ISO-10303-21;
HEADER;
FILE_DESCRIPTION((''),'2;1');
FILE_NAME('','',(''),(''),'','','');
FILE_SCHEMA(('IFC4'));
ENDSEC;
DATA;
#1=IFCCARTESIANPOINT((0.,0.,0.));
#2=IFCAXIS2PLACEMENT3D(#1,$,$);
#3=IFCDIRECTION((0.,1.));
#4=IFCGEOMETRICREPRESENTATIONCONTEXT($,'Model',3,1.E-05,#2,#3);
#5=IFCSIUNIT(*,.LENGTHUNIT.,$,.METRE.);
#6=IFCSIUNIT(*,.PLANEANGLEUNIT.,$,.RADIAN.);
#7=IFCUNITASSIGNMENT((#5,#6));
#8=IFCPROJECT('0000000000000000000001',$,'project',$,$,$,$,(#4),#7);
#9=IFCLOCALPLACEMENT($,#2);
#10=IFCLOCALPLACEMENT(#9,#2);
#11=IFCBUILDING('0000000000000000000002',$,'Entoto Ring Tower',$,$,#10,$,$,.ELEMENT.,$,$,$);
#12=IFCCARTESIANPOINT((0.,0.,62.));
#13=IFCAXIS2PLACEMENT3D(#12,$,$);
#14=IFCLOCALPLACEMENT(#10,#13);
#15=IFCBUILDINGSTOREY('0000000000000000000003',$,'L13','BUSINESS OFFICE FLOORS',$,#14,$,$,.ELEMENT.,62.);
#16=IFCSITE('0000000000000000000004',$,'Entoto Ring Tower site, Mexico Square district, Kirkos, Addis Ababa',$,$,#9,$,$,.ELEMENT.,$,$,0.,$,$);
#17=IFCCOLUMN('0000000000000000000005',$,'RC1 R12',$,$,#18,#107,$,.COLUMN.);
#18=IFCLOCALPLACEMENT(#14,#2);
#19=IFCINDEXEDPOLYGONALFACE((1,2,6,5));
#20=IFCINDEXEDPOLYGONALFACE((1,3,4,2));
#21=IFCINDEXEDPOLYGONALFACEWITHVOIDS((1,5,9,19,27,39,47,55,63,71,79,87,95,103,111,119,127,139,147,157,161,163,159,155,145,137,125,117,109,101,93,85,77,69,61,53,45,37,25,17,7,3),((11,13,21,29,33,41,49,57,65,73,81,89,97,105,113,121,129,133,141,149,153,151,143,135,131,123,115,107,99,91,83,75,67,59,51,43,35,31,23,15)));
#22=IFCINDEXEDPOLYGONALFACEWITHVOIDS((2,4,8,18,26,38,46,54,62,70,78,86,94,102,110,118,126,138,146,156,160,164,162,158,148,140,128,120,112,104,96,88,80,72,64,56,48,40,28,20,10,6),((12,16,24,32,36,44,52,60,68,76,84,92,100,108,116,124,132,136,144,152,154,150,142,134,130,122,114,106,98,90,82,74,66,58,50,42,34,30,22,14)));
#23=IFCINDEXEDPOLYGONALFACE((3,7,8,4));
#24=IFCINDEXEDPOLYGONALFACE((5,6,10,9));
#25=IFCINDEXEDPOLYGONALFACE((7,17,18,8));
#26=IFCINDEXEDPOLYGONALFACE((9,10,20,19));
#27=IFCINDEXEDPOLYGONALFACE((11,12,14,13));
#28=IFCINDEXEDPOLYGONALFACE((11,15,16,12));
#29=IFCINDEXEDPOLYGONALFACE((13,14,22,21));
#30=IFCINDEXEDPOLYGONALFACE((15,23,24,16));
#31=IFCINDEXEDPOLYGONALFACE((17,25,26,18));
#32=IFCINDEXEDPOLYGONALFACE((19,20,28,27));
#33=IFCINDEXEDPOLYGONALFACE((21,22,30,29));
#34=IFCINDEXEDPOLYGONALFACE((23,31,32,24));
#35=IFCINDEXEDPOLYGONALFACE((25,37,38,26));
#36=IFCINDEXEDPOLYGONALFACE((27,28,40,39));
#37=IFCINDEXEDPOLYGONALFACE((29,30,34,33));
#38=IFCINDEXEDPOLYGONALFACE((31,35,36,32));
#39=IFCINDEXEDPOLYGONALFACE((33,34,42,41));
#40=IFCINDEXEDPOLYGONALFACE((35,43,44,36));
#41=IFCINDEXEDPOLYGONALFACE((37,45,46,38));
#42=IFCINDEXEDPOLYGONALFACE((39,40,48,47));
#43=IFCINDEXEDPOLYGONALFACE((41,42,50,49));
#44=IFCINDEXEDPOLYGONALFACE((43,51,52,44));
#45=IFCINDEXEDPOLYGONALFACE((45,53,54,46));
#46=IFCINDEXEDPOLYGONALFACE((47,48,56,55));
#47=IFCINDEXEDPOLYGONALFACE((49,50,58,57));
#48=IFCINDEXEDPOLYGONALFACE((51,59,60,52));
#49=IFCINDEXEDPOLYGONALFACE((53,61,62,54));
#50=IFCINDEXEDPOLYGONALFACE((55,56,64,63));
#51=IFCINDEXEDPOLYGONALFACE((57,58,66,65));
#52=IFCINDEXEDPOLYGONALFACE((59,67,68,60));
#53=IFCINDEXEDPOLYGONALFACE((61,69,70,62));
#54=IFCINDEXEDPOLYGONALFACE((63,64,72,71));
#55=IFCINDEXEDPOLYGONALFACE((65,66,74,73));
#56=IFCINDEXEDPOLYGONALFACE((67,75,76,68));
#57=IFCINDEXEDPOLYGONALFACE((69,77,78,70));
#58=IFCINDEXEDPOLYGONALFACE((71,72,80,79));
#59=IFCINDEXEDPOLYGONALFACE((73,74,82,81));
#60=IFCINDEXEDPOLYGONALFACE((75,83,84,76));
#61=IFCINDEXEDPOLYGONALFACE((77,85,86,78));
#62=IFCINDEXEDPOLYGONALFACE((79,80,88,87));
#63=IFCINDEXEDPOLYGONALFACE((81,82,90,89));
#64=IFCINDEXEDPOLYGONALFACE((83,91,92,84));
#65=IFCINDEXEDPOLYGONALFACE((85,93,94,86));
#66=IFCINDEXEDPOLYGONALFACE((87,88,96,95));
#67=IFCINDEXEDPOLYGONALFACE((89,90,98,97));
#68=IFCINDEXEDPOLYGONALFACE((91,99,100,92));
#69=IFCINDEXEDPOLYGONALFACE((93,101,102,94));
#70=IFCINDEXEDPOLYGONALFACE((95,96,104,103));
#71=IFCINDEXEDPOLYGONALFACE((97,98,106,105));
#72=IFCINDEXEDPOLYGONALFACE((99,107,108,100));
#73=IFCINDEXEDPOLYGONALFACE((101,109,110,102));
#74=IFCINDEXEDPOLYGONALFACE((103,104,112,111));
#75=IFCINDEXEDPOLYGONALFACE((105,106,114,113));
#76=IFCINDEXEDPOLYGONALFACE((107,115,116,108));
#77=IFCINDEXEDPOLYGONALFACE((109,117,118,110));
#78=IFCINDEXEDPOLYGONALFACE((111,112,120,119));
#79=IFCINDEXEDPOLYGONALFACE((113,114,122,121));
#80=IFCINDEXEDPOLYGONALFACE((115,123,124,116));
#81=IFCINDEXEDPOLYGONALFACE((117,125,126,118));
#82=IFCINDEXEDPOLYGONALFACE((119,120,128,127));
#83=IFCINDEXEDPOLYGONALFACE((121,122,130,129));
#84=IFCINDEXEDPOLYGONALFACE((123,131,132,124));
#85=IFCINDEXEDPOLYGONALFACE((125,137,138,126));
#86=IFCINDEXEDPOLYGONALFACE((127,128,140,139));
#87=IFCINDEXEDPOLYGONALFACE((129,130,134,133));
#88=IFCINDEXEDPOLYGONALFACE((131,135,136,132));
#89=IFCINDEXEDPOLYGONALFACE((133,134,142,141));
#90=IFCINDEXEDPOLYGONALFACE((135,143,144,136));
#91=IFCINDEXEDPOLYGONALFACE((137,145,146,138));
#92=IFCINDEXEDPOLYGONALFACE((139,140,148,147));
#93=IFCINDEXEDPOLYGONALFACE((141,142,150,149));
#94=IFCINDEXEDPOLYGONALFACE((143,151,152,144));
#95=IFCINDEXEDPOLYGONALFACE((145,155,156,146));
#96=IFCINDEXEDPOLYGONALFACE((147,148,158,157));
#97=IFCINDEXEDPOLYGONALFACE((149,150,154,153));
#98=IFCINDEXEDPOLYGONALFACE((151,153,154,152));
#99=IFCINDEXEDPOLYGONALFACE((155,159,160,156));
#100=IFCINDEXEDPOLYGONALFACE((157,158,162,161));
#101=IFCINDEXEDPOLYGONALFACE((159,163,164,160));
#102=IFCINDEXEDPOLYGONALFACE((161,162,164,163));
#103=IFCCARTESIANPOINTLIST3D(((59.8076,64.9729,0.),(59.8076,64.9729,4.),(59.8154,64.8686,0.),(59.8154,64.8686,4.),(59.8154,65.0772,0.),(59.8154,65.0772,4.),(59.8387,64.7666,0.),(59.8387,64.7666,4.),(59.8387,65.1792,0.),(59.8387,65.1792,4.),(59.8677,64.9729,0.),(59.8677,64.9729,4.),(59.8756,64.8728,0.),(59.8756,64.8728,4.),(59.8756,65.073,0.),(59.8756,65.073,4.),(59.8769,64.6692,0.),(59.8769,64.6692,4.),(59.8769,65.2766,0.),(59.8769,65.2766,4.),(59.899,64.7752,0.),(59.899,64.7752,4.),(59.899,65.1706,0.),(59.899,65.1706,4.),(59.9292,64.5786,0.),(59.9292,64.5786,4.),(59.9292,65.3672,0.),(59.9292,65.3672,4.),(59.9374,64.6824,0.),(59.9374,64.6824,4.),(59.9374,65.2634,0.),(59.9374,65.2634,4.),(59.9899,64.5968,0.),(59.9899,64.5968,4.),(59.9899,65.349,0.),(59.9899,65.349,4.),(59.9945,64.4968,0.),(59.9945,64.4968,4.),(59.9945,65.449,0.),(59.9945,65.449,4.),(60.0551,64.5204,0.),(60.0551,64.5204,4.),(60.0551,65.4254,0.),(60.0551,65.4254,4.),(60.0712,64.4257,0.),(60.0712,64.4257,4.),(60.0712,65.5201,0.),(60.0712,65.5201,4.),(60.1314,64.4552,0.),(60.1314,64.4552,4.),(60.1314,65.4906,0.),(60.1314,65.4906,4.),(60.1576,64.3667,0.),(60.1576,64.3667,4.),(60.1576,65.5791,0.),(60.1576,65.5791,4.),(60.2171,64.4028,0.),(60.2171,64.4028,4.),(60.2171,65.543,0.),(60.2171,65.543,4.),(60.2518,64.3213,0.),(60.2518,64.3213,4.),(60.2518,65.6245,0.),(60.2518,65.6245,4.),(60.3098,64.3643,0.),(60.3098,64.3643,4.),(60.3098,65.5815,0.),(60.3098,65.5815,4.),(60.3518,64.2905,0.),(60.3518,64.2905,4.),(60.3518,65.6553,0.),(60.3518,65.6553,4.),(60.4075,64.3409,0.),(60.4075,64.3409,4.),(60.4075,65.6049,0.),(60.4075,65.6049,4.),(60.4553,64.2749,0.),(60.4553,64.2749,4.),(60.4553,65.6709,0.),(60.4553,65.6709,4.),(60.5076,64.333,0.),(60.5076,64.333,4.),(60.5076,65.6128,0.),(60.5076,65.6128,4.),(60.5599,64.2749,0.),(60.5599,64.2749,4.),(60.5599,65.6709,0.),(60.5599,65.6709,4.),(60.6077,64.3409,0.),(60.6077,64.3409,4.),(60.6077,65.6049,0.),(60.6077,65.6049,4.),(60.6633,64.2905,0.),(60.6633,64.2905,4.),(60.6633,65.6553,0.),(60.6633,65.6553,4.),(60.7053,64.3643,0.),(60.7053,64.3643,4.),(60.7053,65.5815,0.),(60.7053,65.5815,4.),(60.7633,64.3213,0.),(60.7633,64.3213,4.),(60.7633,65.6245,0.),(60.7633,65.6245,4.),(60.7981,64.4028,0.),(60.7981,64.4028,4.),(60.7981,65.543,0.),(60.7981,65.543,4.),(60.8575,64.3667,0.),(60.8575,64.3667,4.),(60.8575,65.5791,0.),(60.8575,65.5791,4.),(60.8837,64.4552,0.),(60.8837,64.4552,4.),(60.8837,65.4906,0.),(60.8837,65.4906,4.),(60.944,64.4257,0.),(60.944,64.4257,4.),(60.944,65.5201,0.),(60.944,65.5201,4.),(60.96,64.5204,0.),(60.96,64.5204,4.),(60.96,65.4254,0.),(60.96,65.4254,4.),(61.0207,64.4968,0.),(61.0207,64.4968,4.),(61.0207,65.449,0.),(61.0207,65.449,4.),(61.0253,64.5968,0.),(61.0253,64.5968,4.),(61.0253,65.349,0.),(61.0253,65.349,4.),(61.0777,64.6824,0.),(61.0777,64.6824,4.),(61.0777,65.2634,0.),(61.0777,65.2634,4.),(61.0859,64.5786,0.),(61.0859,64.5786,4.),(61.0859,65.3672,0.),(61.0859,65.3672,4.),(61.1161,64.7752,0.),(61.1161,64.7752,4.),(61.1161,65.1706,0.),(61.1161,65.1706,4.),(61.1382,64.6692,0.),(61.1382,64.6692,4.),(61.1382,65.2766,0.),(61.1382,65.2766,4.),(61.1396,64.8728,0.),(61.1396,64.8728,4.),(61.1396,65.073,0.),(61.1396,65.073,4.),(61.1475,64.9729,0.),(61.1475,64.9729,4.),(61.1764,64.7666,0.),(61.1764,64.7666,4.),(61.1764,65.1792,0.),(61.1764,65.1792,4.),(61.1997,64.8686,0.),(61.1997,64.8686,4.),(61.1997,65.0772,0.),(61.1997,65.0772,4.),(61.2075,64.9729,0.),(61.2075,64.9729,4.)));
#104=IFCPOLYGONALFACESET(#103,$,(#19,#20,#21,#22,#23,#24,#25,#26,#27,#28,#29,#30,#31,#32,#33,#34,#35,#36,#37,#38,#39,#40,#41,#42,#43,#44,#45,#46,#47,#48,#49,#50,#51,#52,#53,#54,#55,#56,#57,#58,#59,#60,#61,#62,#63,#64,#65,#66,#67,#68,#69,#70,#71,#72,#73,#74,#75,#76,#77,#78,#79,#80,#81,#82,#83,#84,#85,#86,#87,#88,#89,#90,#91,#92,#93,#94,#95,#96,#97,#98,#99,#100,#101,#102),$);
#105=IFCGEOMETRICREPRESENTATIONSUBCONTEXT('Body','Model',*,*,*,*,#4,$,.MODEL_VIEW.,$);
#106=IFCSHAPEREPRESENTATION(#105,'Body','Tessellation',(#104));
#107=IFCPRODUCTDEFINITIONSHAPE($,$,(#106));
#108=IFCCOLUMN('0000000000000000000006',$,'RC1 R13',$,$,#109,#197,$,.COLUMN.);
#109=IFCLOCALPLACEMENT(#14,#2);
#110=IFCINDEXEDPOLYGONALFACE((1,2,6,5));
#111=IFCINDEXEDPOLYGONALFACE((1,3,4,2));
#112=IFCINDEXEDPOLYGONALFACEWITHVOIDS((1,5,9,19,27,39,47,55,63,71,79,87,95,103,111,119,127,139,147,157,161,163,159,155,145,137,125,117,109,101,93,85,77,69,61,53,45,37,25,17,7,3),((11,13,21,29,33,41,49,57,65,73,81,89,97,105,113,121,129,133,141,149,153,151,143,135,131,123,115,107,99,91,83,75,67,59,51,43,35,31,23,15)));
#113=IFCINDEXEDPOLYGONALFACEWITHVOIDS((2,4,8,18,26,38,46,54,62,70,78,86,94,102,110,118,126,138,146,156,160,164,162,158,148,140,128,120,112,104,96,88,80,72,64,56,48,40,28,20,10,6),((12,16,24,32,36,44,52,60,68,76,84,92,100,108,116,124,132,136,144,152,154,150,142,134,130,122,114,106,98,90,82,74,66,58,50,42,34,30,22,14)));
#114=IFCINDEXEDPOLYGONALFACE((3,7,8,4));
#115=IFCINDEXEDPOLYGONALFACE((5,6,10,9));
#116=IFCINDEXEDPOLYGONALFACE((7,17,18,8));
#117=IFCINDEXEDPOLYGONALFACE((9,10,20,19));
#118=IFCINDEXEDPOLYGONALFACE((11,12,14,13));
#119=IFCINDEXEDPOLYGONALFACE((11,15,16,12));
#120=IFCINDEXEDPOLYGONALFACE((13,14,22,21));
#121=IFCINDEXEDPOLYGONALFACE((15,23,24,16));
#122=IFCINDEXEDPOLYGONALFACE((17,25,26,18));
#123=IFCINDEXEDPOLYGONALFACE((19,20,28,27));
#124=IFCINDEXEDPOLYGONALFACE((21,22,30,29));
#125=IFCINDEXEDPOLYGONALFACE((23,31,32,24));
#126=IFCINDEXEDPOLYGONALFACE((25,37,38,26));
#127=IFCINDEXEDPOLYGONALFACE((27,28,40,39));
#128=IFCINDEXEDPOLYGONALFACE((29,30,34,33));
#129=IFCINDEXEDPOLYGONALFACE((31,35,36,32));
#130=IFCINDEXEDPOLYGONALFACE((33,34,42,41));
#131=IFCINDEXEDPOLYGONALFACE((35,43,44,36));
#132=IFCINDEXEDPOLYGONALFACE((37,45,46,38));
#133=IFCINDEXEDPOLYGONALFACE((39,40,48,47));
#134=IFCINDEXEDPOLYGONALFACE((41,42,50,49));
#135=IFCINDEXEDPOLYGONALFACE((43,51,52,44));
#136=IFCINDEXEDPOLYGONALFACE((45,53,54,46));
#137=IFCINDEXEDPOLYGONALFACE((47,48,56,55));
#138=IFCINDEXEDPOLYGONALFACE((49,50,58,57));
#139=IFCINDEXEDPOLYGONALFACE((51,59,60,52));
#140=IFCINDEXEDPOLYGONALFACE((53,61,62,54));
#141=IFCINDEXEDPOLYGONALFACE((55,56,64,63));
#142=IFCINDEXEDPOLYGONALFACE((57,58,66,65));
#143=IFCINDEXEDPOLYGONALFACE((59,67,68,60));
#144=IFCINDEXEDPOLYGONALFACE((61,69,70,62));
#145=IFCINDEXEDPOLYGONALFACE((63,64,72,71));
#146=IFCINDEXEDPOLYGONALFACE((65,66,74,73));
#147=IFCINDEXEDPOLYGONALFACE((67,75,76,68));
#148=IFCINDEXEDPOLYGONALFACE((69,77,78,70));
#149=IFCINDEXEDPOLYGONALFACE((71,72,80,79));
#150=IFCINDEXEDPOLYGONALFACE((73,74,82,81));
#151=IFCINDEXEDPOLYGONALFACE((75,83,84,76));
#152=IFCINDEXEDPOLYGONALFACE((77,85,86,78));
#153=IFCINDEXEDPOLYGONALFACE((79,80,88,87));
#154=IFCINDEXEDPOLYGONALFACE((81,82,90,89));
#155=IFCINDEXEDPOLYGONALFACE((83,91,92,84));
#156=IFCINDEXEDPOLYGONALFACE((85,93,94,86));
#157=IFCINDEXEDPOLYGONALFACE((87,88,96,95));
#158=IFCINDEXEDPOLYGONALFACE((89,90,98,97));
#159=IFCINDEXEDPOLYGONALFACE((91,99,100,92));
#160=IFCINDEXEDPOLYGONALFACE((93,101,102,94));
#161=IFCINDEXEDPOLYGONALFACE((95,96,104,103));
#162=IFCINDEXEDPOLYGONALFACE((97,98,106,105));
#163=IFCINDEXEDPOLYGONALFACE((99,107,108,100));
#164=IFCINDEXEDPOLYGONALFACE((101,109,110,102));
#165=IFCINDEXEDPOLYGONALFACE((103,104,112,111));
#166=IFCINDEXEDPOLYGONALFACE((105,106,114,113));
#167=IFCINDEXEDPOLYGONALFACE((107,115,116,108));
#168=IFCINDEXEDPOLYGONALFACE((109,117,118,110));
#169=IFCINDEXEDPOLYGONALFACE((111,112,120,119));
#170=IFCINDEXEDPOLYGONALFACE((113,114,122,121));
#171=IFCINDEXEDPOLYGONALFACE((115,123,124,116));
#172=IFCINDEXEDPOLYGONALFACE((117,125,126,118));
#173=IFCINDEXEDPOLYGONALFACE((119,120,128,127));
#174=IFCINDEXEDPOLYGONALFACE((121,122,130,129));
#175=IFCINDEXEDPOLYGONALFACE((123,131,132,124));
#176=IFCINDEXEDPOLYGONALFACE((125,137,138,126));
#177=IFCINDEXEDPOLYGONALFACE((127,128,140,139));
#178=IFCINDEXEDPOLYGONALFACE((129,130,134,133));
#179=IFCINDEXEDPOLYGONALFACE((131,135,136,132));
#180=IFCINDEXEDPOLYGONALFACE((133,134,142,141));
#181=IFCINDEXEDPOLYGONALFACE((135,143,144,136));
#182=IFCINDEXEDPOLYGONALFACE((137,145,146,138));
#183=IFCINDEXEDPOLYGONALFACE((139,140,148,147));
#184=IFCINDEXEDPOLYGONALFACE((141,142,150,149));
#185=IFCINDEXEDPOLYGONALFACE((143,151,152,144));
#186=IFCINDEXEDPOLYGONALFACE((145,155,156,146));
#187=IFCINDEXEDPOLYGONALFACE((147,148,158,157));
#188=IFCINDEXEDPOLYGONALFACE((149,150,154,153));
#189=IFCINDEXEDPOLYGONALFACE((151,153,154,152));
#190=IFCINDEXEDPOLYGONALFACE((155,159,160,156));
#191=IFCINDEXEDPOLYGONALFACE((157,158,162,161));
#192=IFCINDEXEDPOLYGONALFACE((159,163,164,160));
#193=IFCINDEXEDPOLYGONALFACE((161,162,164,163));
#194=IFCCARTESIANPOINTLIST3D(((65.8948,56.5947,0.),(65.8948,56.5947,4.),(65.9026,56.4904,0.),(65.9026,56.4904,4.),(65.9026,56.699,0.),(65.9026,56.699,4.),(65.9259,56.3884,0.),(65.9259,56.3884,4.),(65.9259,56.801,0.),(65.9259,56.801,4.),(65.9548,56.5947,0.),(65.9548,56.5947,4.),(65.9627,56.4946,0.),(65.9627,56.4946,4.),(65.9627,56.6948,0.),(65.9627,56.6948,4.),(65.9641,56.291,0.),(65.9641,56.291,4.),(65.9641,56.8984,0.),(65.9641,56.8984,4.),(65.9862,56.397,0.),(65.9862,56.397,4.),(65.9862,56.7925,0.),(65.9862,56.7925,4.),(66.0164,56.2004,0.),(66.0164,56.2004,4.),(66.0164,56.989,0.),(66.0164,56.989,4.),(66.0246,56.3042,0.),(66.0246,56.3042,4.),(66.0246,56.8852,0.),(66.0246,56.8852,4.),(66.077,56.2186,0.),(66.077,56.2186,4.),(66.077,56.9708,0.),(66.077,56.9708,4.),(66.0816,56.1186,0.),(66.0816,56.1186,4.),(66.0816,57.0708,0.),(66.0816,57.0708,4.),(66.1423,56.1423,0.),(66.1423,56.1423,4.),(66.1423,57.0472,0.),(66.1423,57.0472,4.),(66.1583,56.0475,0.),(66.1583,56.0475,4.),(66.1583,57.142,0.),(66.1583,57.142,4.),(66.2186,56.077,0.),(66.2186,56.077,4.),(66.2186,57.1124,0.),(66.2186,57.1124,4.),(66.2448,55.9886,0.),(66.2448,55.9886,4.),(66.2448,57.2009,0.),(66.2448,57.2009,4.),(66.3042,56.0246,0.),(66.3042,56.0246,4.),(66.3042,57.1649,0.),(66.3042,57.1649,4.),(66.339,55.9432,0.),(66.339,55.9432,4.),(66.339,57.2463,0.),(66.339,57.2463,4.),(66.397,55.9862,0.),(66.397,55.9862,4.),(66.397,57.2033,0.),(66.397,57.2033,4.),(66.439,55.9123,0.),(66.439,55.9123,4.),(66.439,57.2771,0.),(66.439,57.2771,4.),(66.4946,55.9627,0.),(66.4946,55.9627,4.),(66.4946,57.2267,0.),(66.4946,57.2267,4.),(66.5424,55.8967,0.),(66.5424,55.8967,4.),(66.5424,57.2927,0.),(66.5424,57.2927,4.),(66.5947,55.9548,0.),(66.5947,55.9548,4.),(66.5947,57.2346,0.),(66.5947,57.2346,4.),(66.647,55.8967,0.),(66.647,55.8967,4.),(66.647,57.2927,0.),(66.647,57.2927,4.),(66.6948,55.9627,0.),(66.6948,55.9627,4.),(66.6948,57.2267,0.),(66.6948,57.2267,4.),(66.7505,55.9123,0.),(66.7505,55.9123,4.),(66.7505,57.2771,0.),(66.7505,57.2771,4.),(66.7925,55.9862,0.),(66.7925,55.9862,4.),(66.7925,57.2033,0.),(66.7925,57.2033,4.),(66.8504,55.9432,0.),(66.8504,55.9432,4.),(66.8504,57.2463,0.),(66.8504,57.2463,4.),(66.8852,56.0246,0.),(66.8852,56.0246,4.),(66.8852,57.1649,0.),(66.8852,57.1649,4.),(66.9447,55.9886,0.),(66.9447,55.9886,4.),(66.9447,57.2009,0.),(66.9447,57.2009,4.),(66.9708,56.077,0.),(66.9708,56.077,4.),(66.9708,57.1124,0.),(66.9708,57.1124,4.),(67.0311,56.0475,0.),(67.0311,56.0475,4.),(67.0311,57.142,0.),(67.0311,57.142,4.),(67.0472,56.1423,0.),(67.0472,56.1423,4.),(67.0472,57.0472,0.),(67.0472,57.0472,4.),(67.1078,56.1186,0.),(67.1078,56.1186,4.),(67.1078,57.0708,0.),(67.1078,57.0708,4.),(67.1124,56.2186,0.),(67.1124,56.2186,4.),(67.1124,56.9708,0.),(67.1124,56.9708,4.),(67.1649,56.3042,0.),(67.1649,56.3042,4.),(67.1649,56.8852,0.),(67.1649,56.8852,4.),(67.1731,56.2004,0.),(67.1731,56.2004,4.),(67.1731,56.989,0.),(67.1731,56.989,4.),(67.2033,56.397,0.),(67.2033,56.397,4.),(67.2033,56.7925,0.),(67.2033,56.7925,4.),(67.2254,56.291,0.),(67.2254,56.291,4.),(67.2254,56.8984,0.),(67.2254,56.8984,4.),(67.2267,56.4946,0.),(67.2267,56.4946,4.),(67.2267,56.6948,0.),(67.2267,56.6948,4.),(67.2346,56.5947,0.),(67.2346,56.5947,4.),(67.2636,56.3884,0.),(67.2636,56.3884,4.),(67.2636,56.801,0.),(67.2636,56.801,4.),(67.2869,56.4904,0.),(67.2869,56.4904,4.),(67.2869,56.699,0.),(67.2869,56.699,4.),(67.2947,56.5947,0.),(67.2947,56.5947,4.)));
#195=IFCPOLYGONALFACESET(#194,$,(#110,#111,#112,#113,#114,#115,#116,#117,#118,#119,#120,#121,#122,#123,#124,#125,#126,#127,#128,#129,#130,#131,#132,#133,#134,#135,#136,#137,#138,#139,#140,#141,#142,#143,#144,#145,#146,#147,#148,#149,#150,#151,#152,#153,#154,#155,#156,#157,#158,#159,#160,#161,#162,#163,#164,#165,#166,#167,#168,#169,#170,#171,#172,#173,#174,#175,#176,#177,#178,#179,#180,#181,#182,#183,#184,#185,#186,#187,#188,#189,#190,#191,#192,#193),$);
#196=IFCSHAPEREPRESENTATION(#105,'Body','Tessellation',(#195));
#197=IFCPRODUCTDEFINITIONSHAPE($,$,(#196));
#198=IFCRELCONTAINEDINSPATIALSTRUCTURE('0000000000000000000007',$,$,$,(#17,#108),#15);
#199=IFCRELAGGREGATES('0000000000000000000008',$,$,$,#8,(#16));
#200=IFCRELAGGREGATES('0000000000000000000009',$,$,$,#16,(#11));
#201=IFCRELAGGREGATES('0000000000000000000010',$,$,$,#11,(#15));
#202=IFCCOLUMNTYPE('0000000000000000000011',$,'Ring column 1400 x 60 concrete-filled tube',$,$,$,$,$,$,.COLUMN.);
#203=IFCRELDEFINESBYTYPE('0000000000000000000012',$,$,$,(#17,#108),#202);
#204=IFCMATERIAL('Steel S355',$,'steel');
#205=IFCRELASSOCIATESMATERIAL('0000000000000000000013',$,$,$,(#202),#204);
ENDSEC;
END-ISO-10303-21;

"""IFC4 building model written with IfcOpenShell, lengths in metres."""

from ifc_helpers import new_model, si_unit, direction, frame, origin, origin_2d, place, context, subcontext, project, spatial, circle, hollow_circle, extrude, material, material_profile, profile_set, type_object, element, save


model = new_model("IFC4")

# Units and contexts
model_context = context("Model", 3, precision=1e-05, world=origin(), true_north=direction((0.0, 1.0)))
body_context = subcontext(model_context, "Body", "Model", "MODEL_VIEW")
ifc_project = project(units=[si_unit("LENGTHUNIT", "METRE"), si_unit("PLANEANGLEUNIT", "RADIAN")], contexts=[model_context])

# Site, building, storey
site_placement = place(None, origin())
site = spatial("IfcSite", under=ifc_project, at=site_placement, Name="Entoto Ring Tower site, Mexico Square district, Kirkos, Addis Ababa", CompositionType="ELEMENT", RefElevation=0.0)
building_placement = place(site_placement, origin())
building = spatial("IfcBuilding", under=site, at=building_placement, Name="Entoto Ring Tower", CompositionType="ELEMENT")
storey_placement = place(building_placement, frame((0.0, 0.0, 62.0)))
storey = spatial("IfcBuildingStorey", under=building, at=storey_placement, Name="L13", Description="BUSINESS OFFICE FLOORS", CompositionType="ELEMENT", Elevation=62.0)

# Columns
ifc_material_1 = material(Name="Steel S355", Category="steel")
ifc_material_profile_1 = material_profile(ifc_material_1, hollow_circle(Radius=0.7, WallThickness=0.0601, at=origin_2d()), Name="CHS 1400 x 60")
ifc_material_2 = material(Name="Concrete C60/75", Category="concrete")
ifc_material_profile_2 = material_profile(ifc_material_2, circle(Radius=0.6399, at=origin_2d()), Name="Concrete C60/75 infill")
ifc_profile_set_1 = profile_set([ifc_material_profile_1, ifc_material_profile_2], Name="Steel S355")
column_type = type_object("IfcColumnType", Name="Ring column 1400 x 60 concrete-filled tube", PredefinedType="COLUMN", material=ifc_profile_set_1)
for number, where, z_axis, x_axis, name in (
    (1, (60.5076, 64.9729, 0.0), (0.0, 0.0, 1.0), (1.0, 0.0, 0.0), "RC1 R12"),
    (2, (66.5947, 56.5947, 0.0), (0.0, 0.0, 1.0), (1.0, 0.0, 0.0), "RC1 R13"),
):
    element("IfcColumn", number, at=place(storey_placement, frame(where, z_axis=z_axis, x_axis=x_axis)), inside=storey, type_object=column_type, Name=name, PredefinedType="COLUMN", context=body_context, shape_type="SweptSolid", body=[
        extrude(hollow_circle(Radius=0.7, WallThickness=0.0601, at=origin_2d()), origin(), (0.0, 0.0, 1.0), 4.0),
    ])

save(model, "model.ifc")
